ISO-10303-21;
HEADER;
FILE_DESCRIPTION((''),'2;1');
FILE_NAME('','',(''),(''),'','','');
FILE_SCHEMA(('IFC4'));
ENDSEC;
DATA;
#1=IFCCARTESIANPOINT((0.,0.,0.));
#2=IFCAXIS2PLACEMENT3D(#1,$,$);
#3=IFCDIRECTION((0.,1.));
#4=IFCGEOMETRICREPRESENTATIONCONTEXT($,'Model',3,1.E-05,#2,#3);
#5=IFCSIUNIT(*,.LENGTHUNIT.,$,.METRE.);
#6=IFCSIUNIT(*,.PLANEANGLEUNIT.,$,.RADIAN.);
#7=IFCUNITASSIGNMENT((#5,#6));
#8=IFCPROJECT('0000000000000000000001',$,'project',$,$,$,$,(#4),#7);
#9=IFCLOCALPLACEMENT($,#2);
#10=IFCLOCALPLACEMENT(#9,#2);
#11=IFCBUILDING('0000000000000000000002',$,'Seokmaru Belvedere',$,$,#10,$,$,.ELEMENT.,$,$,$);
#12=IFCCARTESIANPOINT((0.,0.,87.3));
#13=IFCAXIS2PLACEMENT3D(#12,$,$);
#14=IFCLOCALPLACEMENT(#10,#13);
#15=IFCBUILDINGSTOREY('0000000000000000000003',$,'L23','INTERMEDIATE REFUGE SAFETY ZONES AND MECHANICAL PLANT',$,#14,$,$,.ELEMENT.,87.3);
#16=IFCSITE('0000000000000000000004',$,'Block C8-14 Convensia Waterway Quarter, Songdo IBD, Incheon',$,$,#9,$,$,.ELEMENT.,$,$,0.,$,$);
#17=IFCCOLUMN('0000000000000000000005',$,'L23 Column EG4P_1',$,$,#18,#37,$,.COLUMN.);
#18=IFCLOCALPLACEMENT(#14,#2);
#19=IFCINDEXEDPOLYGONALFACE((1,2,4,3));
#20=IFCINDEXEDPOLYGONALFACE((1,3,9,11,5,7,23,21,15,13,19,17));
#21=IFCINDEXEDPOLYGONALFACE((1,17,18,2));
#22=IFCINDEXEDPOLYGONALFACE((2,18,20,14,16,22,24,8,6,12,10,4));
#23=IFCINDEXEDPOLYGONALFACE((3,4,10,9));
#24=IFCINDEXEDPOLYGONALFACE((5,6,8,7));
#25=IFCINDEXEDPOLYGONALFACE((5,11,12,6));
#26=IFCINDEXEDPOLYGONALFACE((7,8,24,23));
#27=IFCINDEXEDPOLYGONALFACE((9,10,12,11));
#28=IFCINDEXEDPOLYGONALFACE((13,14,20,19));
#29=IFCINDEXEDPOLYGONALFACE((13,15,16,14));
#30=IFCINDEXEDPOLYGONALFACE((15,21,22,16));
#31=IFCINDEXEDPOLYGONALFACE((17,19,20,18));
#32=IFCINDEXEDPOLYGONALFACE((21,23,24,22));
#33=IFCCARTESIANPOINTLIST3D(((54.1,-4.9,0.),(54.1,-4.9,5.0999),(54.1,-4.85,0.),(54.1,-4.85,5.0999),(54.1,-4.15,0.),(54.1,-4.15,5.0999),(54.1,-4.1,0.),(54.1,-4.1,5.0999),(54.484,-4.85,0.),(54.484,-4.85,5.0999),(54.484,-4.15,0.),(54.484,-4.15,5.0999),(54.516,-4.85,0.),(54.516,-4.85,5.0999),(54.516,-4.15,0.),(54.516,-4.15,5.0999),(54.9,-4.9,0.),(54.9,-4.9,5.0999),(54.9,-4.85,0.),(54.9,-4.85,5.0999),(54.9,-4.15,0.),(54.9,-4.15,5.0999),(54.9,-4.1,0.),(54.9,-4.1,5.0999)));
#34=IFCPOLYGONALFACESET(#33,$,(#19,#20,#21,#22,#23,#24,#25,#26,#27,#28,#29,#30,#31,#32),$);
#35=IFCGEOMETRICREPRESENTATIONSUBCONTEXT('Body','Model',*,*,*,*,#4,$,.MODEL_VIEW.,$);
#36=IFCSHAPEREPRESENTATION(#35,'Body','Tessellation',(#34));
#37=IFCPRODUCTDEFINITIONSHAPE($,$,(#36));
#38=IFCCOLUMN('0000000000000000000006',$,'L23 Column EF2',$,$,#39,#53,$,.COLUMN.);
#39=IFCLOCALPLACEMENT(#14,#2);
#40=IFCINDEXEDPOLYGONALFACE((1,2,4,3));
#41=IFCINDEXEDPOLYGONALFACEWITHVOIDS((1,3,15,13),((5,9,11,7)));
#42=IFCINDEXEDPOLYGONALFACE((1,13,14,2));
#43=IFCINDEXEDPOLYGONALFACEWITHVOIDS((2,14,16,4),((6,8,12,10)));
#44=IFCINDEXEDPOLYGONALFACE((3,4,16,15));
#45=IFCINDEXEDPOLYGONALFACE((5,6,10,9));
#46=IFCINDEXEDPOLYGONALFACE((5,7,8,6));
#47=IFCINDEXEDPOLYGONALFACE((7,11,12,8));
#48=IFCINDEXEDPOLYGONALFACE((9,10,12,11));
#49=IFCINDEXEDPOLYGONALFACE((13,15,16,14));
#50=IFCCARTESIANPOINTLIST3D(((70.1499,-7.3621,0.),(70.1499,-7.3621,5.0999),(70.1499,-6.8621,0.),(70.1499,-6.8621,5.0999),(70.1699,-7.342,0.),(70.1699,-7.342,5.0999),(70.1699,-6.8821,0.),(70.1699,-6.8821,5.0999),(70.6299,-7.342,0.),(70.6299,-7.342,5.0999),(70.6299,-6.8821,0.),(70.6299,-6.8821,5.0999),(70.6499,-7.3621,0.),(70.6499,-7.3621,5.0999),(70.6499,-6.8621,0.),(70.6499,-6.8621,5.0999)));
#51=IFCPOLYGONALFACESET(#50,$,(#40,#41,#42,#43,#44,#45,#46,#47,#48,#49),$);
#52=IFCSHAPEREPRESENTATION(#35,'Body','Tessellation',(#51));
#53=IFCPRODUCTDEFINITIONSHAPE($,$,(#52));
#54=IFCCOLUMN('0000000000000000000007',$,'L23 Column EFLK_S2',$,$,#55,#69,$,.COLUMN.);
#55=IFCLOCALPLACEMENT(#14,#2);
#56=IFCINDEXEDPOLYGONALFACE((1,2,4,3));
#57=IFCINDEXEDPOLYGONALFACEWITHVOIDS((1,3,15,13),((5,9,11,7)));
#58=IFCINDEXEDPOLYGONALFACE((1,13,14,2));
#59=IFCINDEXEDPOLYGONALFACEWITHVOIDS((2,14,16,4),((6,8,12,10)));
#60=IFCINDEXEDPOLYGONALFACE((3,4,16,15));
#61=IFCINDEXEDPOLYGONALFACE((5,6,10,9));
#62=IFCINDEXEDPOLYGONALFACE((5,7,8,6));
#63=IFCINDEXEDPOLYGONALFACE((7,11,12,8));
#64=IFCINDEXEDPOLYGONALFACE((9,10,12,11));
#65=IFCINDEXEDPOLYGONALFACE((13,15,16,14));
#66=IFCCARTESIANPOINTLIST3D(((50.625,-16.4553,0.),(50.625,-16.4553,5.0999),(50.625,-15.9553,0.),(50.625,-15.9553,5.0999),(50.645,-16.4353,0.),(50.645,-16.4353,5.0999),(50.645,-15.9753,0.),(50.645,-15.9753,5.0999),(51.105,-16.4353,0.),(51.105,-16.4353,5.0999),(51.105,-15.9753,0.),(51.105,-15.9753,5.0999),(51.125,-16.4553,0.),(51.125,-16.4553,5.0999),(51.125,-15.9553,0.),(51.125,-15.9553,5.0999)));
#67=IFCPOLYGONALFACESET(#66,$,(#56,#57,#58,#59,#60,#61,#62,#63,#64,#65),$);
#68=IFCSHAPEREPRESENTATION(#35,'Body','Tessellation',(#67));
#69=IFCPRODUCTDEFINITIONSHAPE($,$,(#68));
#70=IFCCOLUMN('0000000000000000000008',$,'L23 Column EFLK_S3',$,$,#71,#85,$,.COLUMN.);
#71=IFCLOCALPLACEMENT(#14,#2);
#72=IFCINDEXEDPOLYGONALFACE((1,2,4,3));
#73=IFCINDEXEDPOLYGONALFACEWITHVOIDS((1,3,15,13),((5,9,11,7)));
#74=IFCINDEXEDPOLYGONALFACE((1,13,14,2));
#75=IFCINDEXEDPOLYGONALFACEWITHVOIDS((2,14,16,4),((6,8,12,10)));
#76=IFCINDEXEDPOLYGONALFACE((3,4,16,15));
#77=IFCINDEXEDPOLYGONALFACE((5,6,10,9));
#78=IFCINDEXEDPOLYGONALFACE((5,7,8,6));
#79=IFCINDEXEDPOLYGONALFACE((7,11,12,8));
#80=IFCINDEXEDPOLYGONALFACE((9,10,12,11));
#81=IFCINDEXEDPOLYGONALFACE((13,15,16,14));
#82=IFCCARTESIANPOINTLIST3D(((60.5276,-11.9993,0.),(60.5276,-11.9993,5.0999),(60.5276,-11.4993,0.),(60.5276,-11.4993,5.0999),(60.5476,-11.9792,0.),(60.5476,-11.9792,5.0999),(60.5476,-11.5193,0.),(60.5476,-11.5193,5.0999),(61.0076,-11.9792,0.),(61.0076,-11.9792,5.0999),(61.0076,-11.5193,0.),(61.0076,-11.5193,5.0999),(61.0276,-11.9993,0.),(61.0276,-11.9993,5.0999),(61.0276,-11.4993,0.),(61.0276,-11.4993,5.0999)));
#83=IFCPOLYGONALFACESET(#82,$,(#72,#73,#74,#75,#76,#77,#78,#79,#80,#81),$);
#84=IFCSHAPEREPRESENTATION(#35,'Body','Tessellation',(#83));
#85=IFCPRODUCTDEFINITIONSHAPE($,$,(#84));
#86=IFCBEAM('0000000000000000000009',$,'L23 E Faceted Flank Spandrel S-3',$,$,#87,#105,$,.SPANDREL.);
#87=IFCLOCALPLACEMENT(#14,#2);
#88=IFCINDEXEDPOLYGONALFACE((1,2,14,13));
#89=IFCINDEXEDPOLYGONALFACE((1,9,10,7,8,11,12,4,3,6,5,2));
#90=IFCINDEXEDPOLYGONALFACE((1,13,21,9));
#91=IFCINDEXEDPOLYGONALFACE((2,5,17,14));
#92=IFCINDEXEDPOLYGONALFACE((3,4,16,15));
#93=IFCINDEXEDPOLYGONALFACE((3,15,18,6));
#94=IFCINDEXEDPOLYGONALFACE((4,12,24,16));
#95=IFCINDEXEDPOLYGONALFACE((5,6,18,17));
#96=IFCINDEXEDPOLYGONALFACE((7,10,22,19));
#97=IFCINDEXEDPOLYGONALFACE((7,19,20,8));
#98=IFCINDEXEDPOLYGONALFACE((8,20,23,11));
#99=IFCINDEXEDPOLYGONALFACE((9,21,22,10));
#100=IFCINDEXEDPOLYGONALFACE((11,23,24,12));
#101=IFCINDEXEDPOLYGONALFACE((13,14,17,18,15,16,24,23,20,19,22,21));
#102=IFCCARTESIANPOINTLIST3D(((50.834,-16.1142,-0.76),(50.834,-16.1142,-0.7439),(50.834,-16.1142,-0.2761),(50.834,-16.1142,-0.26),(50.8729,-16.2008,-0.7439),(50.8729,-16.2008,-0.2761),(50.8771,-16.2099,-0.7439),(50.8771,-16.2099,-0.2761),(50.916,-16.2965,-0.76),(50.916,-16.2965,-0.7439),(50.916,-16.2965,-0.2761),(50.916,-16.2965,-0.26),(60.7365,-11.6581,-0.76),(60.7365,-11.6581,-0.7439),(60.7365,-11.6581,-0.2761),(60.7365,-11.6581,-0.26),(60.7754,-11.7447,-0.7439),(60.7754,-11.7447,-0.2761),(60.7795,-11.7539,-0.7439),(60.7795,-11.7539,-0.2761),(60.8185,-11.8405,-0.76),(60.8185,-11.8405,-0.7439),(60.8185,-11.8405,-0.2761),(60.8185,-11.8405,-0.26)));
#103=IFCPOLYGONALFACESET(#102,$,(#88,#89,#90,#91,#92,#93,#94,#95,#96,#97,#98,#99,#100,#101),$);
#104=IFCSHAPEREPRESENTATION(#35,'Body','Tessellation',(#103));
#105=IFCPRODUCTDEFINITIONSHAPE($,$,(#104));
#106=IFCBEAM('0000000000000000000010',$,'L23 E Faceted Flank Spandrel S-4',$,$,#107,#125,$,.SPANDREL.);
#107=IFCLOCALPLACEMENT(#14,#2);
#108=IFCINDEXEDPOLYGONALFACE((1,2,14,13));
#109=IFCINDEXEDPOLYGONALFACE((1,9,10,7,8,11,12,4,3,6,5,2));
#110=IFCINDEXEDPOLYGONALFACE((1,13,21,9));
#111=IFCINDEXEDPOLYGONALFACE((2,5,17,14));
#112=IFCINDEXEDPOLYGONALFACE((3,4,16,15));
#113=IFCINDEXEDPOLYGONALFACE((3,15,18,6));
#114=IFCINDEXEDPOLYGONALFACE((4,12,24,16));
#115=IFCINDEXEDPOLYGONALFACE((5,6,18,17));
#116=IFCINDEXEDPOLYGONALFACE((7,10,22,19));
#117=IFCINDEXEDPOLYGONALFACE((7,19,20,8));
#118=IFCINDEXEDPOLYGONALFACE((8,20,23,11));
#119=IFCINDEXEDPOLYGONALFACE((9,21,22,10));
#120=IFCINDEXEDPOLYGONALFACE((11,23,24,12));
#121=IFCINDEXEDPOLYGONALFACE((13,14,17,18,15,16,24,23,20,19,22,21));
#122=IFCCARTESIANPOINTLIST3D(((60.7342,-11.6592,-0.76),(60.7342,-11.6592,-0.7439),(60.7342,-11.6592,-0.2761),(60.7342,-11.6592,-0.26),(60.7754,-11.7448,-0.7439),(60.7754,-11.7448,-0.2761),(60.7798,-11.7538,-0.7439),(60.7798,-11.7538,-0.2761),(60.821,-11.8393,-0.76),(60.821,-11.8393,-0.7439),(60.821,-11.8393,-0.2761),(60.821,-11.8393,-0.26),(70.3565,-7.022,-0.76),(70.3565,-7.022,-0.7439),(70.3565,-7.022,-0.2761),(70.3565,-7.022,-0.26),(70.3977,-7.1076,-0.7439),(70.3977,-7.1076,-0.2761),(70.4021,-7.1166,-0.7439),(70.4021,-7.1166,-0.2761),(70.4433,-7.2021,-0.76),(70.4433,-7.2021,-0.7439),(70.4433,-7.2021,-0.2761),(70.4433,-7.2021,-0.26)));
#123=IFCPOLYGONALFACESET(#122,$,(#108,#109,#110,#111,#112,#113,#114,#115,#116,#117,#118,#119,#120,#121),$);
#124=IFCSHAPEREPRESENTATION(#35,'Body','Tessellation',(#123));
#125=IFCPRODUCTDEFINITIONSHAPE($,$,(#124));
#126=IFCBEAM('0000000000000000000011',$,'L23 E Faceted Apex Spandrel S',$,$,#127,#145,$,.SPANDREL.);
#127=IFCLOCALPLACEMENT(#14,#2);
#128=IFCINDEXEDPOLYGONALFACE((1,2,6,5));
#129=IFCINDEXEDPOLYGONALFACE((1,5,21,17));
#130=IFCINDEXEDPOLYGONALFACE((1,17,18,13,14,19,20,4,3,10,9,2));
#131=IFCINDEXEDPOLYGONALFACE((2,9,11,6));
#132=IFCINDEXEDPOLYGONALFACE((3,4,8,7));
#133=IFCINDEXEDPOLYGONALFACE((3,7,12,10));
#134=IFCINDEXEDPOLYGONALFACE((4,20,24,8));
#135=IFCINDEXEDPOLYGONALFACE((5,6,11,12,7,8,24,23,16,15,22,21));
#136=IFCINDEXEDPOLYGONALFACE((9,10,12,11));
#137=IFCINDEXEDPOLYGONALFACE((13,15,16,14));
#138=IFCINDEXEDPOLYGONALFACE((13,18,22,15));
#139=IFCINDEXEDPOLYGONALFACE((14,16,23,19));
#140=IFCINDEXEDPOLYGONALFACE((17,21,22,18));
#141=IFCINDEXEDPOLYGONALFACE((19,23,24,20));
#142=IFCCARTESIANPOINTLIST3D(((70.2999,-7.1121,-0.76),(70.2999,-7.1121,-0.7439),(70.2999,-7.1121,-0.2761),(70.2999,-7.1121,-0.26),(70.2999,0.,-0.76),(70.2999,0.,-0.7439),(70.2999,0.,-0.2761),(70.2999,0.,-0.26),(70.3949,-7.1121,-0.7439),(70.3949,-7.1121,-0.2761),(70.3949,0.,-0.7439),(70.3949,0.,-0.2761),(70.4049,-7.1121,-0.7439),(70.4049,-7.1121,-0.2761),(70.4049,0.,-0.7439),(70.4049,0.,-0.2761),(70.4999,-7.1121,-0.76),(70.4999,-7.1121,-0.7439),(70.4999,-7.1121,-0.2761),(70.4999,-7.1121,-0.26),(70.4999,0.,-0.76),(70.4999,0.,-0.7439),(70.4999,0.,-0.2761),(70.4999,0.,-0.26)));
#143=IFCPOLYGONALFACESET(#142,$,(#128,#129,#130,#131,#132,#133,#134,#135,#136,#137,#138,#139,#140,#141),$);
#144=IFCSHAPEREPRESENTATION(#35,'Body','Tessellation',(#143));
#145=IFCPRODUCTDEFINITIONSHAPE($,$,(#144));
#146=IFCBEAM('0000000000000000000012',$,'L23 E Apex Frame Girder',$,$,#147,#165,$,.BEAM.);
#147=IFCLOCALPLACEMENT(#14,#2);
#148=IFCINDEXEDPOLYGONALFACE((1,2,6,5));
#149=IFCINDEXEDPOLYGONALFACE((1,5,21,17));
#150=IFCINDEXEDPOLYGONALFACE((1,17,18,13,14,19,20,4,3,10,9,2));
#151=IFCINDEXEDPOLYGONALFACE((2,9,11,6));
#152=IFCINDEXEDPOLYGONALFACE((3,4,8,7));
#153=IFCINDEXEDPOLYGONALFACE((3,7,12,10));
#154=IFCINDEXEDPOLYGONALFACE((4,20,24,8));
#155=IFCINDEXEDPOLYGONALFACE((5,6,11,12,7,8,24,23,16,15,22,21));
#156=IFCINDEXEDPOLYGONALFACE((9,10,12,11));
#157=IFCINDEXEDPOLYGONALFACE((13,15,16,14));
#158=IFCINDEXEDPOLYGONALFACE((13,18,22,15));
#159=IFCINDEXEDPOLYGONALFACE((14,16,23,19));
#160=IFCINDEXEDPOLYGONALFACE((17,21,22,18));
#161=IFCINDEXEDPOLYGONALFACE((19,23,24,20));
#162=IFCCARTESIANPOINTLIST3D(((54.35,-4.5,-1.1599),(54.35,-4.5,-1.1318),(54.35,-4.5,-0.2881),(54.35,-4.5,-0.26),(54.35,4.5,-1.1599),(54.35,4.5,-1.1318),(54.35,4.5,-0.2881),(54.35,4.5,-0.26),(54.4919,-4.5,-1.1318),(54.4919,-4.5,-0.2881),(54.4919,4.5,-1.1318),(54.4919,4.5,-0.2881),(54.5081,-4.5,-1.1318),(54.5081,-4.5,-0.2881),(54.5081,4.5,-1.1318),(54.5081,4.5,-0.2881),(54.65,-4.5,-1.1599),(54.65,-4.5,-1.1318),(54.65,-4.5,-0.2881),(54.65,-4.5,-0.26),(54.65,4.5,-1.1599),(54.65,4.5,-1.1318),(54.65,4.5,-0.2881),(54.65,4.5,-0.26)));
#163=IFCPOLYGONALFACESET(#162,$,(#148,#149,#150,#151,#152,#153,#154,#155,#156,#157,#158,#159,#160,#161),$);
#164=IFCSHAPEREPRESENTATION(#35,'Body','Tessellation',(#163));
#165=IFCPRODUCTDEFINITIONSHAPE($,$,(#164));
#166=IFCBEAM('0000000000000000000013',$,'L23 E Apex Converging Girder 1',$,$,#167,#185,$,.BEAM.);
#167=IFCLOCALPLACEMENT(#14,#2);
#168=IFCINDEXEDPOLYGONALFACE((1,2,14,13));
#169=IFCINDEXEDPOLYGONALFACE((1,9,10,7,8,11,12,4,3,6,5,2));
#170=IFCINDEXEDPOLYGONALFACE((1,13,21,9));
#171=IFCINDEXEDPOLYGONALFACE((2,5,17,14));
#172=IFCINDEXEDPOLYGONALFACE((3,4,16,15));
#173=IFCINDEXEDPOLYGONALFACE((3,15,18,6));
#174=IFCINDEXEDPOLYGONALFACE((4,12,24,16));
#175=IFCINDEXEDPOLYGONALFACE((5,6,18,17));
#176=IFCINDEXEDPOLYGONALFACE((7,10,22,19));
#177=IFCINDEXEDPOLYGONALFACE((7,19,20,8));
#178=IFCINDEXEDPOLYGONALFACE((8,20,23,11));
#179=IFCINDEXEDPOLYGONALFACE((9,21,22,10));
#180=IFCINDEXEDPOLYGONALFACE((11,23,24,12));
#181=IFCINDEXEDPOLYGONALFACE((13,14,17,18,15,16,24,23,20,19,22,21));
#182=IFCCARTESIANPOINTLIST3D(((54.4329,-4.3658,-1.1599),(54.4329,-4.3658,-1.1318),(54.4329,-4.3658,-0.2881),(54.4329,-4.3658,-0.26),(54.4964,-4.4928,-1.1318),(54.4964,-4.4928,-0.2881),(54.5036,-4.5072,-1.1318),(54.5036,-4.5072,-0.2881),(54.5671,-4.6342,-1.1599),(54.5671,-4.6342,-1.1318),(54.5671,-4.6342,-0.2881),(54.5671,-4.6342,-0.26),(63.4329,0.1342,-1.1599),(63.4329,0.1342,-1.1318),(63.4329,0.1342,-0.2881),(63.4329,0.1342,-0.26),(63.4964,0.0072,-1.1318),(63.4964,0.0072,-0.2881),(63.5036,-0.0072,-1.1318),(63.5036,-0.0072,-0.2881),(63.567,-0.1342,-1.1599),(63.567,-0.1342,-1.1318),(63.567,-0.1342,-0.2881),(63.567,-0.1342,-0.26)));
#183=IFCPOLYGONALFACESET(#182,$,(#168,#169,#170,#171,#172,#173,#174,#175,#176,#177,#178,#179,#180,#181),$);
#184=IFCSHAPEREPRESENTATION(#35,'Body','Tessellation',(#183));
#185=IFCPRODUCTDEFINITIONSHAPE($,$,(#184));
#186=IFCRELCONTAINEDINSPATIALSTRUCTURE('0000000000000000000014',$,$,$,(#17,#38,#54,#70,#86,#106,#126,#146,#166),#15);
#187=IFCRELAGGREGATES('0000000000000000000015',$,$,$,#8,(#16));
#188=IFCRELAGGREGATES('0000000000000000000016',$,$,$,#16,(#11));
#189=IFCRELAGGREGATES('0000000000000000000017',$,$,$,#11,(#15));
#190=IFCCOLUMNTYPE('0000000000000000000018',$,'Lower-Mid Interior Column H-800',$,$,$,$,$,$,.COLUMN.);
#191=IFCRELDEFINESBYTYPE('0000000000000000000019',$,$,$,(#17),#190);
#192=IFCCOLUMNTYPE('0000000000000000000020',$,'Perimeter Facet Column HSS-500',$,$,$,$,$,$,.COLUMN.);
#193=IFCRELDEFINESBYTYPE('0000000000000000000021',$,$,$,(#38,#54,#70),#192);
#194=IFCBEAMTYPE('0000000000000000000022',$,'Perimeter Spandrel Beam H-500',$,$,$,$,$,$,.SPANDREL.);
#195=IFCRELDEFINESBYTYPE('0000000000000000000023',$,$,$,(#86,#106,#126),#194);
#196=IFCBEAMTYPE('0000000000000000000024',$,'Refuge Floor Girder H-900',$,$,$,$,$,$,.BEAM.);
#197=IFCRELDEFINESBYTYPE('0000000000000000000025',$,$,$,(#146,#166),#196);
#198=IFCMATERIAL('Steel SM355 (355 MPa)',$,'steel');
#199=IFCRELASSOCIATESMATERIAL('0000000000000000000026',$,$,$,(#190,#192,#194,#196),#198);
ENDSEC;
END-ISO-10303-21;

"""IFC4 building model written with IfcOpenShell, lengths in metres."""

from ifc_helpers import new_model, si_unit, direction, frame, origin, origin_2d, place, context, subcontext, project, spatial, hollow_rectangle, i_section, extrude, source, transform, mapped, material, material_profile, profile_set, type_object, type_shapes, element, save


model = new_model("IFC4")

# Units and contexts
model_context = context("Model", 3, precision=1e-05, world=origin(), true_north=direction((0.0, 1.0)))
body_context = subcontext(model_context, "Body", "Model", "MODEL_VIEW")
ifc_project = project(units=[si_unit("LENGTHUNIT", "METRE"), si_unit("PLANEANGLEUNIT", "RADIAN")], contexts=[model_context])

# Site, building, storey
site_placement = place(None, origin())
site = spatial("IfcSite", under=ifc_project, at=site_placement, Name="Block C8-14 Convensia Waterway Quarter, Songdo IBD, Incheon", CompositionType="ELEMENT", RefElevation=0.0)
building_placement = place(site_placement, origin())
building = spatial("IfcBuilding", under=site, at=building_placement, Name="Seokmaru Belvedere", CompositionType="ELEMENT")
storey_placement = place(building_placement, frame((0.0, 0.0, 87.3)))
storey = spatial("IfcBuildingStorey", under=building, at=storey_placement, Name="L23", Description="INTERMEDIATE REFUGE SAFETY ZONES AND MECHANICAL PLANT", CompositionType="ELEMENT", Elevation=87.3)

# Columns
ifc_material_1 = material(Name="Steel SM355 (355 MPa)", Category="steel")
ifc_material_profile_1 = material_profile(ifc_material_1, i_section(OverallWidth=0.8, OverallDepth=0.8, WebThickness=0.032, FlangeThickness=0.05, at=origin_2d()), Name="H-800x800x32x50")
ifc_profile_set_1 = profile_set([ifc_material_profile_1], Name="Steel SM355 (355 MPa)")
column_type_1 = type_object("IfcColumnType", Name="Lower-Mid Interior Column H-800", PredefinedType="COLUMN", material=ifc_profile_set_1)
shared_shape_1 = source(origin(), body_context, "Body", "SweptSolid", [
    extrude(i_section(OverallWidth=0.8, OverallDepth=0.8, WebThickness=0.032, FlangeThickness=0.05, at=origin_2d()), origin(), (0.0, 0.0, 1.0), 5.0999),
])
type_shapes(column_type_1, [shared_shape_1])
column_placement = place(storey_placement, frame((54.5, -4.5, 0.0), z_axis=(0.0, 0.0, 1.0), x_axis=(1.0, 0.0, 0.0)))
element("IfcColumn", 1, at=column_placement, inside=storey, type_object=column_type_1, Name="L23 Column EG4P_1", PredefinedType="COLUMN", context=body_context, shape_type="MappedRepresentation", body=[
    mapped(shared_shape_1, transform((0.0, 0.0, 0.0), scale=1.0)),
])
ifc_material_profile_2 = material_profile(ifc_material_1, hollow_rectangle(XDim=0.5, YDim=0.5, WallThickness=0.02, at=origin_2d()), Name="HSS-500x500x20")
ifc_profile_set_2 = profile_set([ifc_material_profile_2], Name="Steel SM355 (355 MPa)")
column_type_2 = type_object("IfcColumnType", Name="Perimeter Facet Column HSS-500", PredefinedType="COLUMN", material=ifc_profile_set_2)
shared_shape_2 = source(origin(), body_context, "Body", "SweptSolid", [
    extrude(hollow_rectangle(XDim=0.5, YDim=0.5, WallThickness=0.02, at=origin_2d()), origin(), (0.0, 0.0, 1.0), 5.0999),
])
type_shapes(column_type_2, [shared_shape_2])
for number, where, z_axis, x_axis, name in (
    (2, (70.3999, -7.1121, 0.0), (0.0, 0.0, 1.0), (1.0, 0.0, 0.0), "L23 Column EF2"),
    (3, (50.875, -16.2053, 0.0), (0.0, 0.0, 1.0), (1.0, 0.0, 0.0), "L23 Column EFLK_S2"),
    (4, (60.7776, -11.7493, 0.0), (0.0, 0.0, 1.0), (1.0, 0.0, 0.0), "L23 Column EFLK_S3"),
):
    element("IfcColumn", number, at=place(storey_placement, frame(where, z_axis=z_axis, x_axis=x_axis)), inside=storey, type_object=column_type_2, Name=name, PredefinedType="COLUMN", context=body_context, shape_type="MappedRepresentation", body=[
        mapped(shared_shape_2, transform((0.0, 0.0, 0.0), scale=1.0)),
    ])

# Beams
ifc_material_profile_3 = material_profile(ifc_material_1, i_section(OverallWidth=0.2, OverallDepth=0.5, WebThickness=0.01, FlangeThickness=0.0161, at=origin_2d()), Name="H-500x200x10x16")
ifc_profile_set_3 = profile_set([ifc_material_profile_3], Name="Steel SM355 (355 MPa)")
beam_type_1 = type_object("IfcBeamType", Name="Perimeter Spandrel Beam H-500", PredefinedType="SPANDREL", material=ifc_profile_set_3)
shared_shape_3 = source(origin(), body_context, "Body", "SweptSolid", [
    extrude(i_section(OverallWidth=0.2, OverallDepth=0.5, WebThickness=0.01, FlangeThickness=0.0161, at=origin_2d()), origin(), (0.0, 0.0, 1.0), 10.8589),
])
beam_1_placement = place(storey_placement, frame((50.875, -16.2053, -0.51), z_axis=(0.911925, 0.410356, 0.0), x_axis=(-0.410356, 0.911925, 0.0)))
element("IfcBeam", 5, at=beam_1_placement, inside=storey, type_object=beam_type_1, Name="L23 E Faceted Flank Spandrel S-3", PredefinedType="SPANDREL", context=body_context, shape_type="MappedRepresentation", body=[
    mapped(shared_shape_3, transform((0.0, 0.0, 0.0), scale=1.0)),
])
shared_shape_4 = source(origin(), body_context, "Body", "SweptSolid", [
    extrude(i_section(OverallWidth=0.2, OverallDepth=0.5, WebThickness=0.01, FlangeThickness=0.0161, at=origin_2d()), origin(), (0.0, 0.0, 1.0), 10.6814),
])
beam_2_placement = place(storey_placement, frame((60.7776, -11.7493, -0.51), z_axis=(0.900846, 0.434138, 0.0), x_axis=(-0.434138, 0.900846, 0.0)))
element("IfcBeam", 6, at=beam_2_placement, inside=storey, type_object=beam_type_1, Name="L23 E Faceted Flank Spandrel S-4", PredefinedType="SPANDREL", context=body_context, shape_type="MappedRepresentation", body=[
    mapped(shared_shape_4, transform((0.0, 0.0, 0.0), scale=1.0)),
])
shared_shape_5 = source(origin(), body_context, "Body", "SweptSolid", [
    extrude(i_section(OverallWidth=0.2, OverallDepth=0.5, WebThickness=0.01, FlangeThickness=0.0161, at=origin_2d()), origin(), (0.0, 0.0, 1.0), 7.1121),
])
type_shapes(beam_type_1, [shared_shape_3, shared_shape_4, shared_shape_5])
beam_3_placement = place(storey_placement, frame((70.3999, -7.1121, -0.51), z_axis=(0.0, 1.0, 0.0), x_axis=(-1.0, 0.0, 0.0)))
element("IfcBeam", 7, at=beam_3_placement, inside=storey, type_object=beam_type_1, Name="L23 E Faceted Apex Spandrel S", PredefinedType="SPANDREL", context=body_context, shape_type="MappedRepresentation", body=[
    mapped(shared_shape_5, transform((0.0, 0.0, 0.0), scale=1.0)),
])
ifc_material_profile_4 = material_profile(ifc_material_1, i_section(OverallWidth=0.3, OverallDepth=0.8999, WebThickness=0.0161, FlangeThickness=0.0281, at=origin_2d()), Name="H-900x300x16x28")
ifc_profile_set_4 = profile_set([ifc_material_profile_4], Name="Steel SM355 (355 MPa)")
beam_type_2 = type_object("IfcBeamType", Name="Refuge Floor Girder H-900", PredefinedType="BEAM", material=ifc_profile_set_4)
shared_shape_6 = source(origin(), body_context, "Body", "SweptSolid", [
    extrude(i_section(OverallWidth=0.3, OverallDepth=0.8999, WebThickness=0.0161, FlangeThickness=0.0281, at=origin_2d()), origin(), (0.0, 0.0, 1.0), 9.0),
])
beam_4_placement = place(storey_placement, frame((54.5, -4.5, -0.71), z_axis=(0.0, 1.0, 0.0), x_axis=(-1.0, 0.0, 0.0)))
element("IfcBeam", 8, at=beam_4_placement, inside=storey, type_object=beam_type_2, Name="L23 E Apex Frame Girder", PredefinedType="BEAM", context=body_context, shape_type="MappedRepresentation", body=[
    mapped(shared_shape_6, transform((0.0, 0.0, 0.0), scale=1.0)),
])
shared_shape_7 = source(origin(), body_context, "Body", "SweptSolid", [
    extrude(i_section(OverallWidth=0.3, OverallDepth=0.8999, WebThickness=0.0161, FlangeThickness=0.0281, at=origin_2d()), origin(), (0.0, 0.0, 1.0), 10.0623),
])
beam_5_placement = place(storey_placement, frame((54.5, -4.5, -0.71), z_axis=(0.894427, 0.447214, 0.0), x_axis=(-0.447214, 0.894427, 0.0)))
element("IfcBeam", 9, at=beam_5_placement, inside=storey, type_object=beam_type_2, Name="L23 E Apex Converging Girder 1", PredefinedType="BEAM", context=body_context, shape_type="MappedRepresentation", body=[
    mapped(shared_shape_7, transform((0.0, 0.0, 0.0), scale=1.0)),
])

save(model, "model.ifc")
